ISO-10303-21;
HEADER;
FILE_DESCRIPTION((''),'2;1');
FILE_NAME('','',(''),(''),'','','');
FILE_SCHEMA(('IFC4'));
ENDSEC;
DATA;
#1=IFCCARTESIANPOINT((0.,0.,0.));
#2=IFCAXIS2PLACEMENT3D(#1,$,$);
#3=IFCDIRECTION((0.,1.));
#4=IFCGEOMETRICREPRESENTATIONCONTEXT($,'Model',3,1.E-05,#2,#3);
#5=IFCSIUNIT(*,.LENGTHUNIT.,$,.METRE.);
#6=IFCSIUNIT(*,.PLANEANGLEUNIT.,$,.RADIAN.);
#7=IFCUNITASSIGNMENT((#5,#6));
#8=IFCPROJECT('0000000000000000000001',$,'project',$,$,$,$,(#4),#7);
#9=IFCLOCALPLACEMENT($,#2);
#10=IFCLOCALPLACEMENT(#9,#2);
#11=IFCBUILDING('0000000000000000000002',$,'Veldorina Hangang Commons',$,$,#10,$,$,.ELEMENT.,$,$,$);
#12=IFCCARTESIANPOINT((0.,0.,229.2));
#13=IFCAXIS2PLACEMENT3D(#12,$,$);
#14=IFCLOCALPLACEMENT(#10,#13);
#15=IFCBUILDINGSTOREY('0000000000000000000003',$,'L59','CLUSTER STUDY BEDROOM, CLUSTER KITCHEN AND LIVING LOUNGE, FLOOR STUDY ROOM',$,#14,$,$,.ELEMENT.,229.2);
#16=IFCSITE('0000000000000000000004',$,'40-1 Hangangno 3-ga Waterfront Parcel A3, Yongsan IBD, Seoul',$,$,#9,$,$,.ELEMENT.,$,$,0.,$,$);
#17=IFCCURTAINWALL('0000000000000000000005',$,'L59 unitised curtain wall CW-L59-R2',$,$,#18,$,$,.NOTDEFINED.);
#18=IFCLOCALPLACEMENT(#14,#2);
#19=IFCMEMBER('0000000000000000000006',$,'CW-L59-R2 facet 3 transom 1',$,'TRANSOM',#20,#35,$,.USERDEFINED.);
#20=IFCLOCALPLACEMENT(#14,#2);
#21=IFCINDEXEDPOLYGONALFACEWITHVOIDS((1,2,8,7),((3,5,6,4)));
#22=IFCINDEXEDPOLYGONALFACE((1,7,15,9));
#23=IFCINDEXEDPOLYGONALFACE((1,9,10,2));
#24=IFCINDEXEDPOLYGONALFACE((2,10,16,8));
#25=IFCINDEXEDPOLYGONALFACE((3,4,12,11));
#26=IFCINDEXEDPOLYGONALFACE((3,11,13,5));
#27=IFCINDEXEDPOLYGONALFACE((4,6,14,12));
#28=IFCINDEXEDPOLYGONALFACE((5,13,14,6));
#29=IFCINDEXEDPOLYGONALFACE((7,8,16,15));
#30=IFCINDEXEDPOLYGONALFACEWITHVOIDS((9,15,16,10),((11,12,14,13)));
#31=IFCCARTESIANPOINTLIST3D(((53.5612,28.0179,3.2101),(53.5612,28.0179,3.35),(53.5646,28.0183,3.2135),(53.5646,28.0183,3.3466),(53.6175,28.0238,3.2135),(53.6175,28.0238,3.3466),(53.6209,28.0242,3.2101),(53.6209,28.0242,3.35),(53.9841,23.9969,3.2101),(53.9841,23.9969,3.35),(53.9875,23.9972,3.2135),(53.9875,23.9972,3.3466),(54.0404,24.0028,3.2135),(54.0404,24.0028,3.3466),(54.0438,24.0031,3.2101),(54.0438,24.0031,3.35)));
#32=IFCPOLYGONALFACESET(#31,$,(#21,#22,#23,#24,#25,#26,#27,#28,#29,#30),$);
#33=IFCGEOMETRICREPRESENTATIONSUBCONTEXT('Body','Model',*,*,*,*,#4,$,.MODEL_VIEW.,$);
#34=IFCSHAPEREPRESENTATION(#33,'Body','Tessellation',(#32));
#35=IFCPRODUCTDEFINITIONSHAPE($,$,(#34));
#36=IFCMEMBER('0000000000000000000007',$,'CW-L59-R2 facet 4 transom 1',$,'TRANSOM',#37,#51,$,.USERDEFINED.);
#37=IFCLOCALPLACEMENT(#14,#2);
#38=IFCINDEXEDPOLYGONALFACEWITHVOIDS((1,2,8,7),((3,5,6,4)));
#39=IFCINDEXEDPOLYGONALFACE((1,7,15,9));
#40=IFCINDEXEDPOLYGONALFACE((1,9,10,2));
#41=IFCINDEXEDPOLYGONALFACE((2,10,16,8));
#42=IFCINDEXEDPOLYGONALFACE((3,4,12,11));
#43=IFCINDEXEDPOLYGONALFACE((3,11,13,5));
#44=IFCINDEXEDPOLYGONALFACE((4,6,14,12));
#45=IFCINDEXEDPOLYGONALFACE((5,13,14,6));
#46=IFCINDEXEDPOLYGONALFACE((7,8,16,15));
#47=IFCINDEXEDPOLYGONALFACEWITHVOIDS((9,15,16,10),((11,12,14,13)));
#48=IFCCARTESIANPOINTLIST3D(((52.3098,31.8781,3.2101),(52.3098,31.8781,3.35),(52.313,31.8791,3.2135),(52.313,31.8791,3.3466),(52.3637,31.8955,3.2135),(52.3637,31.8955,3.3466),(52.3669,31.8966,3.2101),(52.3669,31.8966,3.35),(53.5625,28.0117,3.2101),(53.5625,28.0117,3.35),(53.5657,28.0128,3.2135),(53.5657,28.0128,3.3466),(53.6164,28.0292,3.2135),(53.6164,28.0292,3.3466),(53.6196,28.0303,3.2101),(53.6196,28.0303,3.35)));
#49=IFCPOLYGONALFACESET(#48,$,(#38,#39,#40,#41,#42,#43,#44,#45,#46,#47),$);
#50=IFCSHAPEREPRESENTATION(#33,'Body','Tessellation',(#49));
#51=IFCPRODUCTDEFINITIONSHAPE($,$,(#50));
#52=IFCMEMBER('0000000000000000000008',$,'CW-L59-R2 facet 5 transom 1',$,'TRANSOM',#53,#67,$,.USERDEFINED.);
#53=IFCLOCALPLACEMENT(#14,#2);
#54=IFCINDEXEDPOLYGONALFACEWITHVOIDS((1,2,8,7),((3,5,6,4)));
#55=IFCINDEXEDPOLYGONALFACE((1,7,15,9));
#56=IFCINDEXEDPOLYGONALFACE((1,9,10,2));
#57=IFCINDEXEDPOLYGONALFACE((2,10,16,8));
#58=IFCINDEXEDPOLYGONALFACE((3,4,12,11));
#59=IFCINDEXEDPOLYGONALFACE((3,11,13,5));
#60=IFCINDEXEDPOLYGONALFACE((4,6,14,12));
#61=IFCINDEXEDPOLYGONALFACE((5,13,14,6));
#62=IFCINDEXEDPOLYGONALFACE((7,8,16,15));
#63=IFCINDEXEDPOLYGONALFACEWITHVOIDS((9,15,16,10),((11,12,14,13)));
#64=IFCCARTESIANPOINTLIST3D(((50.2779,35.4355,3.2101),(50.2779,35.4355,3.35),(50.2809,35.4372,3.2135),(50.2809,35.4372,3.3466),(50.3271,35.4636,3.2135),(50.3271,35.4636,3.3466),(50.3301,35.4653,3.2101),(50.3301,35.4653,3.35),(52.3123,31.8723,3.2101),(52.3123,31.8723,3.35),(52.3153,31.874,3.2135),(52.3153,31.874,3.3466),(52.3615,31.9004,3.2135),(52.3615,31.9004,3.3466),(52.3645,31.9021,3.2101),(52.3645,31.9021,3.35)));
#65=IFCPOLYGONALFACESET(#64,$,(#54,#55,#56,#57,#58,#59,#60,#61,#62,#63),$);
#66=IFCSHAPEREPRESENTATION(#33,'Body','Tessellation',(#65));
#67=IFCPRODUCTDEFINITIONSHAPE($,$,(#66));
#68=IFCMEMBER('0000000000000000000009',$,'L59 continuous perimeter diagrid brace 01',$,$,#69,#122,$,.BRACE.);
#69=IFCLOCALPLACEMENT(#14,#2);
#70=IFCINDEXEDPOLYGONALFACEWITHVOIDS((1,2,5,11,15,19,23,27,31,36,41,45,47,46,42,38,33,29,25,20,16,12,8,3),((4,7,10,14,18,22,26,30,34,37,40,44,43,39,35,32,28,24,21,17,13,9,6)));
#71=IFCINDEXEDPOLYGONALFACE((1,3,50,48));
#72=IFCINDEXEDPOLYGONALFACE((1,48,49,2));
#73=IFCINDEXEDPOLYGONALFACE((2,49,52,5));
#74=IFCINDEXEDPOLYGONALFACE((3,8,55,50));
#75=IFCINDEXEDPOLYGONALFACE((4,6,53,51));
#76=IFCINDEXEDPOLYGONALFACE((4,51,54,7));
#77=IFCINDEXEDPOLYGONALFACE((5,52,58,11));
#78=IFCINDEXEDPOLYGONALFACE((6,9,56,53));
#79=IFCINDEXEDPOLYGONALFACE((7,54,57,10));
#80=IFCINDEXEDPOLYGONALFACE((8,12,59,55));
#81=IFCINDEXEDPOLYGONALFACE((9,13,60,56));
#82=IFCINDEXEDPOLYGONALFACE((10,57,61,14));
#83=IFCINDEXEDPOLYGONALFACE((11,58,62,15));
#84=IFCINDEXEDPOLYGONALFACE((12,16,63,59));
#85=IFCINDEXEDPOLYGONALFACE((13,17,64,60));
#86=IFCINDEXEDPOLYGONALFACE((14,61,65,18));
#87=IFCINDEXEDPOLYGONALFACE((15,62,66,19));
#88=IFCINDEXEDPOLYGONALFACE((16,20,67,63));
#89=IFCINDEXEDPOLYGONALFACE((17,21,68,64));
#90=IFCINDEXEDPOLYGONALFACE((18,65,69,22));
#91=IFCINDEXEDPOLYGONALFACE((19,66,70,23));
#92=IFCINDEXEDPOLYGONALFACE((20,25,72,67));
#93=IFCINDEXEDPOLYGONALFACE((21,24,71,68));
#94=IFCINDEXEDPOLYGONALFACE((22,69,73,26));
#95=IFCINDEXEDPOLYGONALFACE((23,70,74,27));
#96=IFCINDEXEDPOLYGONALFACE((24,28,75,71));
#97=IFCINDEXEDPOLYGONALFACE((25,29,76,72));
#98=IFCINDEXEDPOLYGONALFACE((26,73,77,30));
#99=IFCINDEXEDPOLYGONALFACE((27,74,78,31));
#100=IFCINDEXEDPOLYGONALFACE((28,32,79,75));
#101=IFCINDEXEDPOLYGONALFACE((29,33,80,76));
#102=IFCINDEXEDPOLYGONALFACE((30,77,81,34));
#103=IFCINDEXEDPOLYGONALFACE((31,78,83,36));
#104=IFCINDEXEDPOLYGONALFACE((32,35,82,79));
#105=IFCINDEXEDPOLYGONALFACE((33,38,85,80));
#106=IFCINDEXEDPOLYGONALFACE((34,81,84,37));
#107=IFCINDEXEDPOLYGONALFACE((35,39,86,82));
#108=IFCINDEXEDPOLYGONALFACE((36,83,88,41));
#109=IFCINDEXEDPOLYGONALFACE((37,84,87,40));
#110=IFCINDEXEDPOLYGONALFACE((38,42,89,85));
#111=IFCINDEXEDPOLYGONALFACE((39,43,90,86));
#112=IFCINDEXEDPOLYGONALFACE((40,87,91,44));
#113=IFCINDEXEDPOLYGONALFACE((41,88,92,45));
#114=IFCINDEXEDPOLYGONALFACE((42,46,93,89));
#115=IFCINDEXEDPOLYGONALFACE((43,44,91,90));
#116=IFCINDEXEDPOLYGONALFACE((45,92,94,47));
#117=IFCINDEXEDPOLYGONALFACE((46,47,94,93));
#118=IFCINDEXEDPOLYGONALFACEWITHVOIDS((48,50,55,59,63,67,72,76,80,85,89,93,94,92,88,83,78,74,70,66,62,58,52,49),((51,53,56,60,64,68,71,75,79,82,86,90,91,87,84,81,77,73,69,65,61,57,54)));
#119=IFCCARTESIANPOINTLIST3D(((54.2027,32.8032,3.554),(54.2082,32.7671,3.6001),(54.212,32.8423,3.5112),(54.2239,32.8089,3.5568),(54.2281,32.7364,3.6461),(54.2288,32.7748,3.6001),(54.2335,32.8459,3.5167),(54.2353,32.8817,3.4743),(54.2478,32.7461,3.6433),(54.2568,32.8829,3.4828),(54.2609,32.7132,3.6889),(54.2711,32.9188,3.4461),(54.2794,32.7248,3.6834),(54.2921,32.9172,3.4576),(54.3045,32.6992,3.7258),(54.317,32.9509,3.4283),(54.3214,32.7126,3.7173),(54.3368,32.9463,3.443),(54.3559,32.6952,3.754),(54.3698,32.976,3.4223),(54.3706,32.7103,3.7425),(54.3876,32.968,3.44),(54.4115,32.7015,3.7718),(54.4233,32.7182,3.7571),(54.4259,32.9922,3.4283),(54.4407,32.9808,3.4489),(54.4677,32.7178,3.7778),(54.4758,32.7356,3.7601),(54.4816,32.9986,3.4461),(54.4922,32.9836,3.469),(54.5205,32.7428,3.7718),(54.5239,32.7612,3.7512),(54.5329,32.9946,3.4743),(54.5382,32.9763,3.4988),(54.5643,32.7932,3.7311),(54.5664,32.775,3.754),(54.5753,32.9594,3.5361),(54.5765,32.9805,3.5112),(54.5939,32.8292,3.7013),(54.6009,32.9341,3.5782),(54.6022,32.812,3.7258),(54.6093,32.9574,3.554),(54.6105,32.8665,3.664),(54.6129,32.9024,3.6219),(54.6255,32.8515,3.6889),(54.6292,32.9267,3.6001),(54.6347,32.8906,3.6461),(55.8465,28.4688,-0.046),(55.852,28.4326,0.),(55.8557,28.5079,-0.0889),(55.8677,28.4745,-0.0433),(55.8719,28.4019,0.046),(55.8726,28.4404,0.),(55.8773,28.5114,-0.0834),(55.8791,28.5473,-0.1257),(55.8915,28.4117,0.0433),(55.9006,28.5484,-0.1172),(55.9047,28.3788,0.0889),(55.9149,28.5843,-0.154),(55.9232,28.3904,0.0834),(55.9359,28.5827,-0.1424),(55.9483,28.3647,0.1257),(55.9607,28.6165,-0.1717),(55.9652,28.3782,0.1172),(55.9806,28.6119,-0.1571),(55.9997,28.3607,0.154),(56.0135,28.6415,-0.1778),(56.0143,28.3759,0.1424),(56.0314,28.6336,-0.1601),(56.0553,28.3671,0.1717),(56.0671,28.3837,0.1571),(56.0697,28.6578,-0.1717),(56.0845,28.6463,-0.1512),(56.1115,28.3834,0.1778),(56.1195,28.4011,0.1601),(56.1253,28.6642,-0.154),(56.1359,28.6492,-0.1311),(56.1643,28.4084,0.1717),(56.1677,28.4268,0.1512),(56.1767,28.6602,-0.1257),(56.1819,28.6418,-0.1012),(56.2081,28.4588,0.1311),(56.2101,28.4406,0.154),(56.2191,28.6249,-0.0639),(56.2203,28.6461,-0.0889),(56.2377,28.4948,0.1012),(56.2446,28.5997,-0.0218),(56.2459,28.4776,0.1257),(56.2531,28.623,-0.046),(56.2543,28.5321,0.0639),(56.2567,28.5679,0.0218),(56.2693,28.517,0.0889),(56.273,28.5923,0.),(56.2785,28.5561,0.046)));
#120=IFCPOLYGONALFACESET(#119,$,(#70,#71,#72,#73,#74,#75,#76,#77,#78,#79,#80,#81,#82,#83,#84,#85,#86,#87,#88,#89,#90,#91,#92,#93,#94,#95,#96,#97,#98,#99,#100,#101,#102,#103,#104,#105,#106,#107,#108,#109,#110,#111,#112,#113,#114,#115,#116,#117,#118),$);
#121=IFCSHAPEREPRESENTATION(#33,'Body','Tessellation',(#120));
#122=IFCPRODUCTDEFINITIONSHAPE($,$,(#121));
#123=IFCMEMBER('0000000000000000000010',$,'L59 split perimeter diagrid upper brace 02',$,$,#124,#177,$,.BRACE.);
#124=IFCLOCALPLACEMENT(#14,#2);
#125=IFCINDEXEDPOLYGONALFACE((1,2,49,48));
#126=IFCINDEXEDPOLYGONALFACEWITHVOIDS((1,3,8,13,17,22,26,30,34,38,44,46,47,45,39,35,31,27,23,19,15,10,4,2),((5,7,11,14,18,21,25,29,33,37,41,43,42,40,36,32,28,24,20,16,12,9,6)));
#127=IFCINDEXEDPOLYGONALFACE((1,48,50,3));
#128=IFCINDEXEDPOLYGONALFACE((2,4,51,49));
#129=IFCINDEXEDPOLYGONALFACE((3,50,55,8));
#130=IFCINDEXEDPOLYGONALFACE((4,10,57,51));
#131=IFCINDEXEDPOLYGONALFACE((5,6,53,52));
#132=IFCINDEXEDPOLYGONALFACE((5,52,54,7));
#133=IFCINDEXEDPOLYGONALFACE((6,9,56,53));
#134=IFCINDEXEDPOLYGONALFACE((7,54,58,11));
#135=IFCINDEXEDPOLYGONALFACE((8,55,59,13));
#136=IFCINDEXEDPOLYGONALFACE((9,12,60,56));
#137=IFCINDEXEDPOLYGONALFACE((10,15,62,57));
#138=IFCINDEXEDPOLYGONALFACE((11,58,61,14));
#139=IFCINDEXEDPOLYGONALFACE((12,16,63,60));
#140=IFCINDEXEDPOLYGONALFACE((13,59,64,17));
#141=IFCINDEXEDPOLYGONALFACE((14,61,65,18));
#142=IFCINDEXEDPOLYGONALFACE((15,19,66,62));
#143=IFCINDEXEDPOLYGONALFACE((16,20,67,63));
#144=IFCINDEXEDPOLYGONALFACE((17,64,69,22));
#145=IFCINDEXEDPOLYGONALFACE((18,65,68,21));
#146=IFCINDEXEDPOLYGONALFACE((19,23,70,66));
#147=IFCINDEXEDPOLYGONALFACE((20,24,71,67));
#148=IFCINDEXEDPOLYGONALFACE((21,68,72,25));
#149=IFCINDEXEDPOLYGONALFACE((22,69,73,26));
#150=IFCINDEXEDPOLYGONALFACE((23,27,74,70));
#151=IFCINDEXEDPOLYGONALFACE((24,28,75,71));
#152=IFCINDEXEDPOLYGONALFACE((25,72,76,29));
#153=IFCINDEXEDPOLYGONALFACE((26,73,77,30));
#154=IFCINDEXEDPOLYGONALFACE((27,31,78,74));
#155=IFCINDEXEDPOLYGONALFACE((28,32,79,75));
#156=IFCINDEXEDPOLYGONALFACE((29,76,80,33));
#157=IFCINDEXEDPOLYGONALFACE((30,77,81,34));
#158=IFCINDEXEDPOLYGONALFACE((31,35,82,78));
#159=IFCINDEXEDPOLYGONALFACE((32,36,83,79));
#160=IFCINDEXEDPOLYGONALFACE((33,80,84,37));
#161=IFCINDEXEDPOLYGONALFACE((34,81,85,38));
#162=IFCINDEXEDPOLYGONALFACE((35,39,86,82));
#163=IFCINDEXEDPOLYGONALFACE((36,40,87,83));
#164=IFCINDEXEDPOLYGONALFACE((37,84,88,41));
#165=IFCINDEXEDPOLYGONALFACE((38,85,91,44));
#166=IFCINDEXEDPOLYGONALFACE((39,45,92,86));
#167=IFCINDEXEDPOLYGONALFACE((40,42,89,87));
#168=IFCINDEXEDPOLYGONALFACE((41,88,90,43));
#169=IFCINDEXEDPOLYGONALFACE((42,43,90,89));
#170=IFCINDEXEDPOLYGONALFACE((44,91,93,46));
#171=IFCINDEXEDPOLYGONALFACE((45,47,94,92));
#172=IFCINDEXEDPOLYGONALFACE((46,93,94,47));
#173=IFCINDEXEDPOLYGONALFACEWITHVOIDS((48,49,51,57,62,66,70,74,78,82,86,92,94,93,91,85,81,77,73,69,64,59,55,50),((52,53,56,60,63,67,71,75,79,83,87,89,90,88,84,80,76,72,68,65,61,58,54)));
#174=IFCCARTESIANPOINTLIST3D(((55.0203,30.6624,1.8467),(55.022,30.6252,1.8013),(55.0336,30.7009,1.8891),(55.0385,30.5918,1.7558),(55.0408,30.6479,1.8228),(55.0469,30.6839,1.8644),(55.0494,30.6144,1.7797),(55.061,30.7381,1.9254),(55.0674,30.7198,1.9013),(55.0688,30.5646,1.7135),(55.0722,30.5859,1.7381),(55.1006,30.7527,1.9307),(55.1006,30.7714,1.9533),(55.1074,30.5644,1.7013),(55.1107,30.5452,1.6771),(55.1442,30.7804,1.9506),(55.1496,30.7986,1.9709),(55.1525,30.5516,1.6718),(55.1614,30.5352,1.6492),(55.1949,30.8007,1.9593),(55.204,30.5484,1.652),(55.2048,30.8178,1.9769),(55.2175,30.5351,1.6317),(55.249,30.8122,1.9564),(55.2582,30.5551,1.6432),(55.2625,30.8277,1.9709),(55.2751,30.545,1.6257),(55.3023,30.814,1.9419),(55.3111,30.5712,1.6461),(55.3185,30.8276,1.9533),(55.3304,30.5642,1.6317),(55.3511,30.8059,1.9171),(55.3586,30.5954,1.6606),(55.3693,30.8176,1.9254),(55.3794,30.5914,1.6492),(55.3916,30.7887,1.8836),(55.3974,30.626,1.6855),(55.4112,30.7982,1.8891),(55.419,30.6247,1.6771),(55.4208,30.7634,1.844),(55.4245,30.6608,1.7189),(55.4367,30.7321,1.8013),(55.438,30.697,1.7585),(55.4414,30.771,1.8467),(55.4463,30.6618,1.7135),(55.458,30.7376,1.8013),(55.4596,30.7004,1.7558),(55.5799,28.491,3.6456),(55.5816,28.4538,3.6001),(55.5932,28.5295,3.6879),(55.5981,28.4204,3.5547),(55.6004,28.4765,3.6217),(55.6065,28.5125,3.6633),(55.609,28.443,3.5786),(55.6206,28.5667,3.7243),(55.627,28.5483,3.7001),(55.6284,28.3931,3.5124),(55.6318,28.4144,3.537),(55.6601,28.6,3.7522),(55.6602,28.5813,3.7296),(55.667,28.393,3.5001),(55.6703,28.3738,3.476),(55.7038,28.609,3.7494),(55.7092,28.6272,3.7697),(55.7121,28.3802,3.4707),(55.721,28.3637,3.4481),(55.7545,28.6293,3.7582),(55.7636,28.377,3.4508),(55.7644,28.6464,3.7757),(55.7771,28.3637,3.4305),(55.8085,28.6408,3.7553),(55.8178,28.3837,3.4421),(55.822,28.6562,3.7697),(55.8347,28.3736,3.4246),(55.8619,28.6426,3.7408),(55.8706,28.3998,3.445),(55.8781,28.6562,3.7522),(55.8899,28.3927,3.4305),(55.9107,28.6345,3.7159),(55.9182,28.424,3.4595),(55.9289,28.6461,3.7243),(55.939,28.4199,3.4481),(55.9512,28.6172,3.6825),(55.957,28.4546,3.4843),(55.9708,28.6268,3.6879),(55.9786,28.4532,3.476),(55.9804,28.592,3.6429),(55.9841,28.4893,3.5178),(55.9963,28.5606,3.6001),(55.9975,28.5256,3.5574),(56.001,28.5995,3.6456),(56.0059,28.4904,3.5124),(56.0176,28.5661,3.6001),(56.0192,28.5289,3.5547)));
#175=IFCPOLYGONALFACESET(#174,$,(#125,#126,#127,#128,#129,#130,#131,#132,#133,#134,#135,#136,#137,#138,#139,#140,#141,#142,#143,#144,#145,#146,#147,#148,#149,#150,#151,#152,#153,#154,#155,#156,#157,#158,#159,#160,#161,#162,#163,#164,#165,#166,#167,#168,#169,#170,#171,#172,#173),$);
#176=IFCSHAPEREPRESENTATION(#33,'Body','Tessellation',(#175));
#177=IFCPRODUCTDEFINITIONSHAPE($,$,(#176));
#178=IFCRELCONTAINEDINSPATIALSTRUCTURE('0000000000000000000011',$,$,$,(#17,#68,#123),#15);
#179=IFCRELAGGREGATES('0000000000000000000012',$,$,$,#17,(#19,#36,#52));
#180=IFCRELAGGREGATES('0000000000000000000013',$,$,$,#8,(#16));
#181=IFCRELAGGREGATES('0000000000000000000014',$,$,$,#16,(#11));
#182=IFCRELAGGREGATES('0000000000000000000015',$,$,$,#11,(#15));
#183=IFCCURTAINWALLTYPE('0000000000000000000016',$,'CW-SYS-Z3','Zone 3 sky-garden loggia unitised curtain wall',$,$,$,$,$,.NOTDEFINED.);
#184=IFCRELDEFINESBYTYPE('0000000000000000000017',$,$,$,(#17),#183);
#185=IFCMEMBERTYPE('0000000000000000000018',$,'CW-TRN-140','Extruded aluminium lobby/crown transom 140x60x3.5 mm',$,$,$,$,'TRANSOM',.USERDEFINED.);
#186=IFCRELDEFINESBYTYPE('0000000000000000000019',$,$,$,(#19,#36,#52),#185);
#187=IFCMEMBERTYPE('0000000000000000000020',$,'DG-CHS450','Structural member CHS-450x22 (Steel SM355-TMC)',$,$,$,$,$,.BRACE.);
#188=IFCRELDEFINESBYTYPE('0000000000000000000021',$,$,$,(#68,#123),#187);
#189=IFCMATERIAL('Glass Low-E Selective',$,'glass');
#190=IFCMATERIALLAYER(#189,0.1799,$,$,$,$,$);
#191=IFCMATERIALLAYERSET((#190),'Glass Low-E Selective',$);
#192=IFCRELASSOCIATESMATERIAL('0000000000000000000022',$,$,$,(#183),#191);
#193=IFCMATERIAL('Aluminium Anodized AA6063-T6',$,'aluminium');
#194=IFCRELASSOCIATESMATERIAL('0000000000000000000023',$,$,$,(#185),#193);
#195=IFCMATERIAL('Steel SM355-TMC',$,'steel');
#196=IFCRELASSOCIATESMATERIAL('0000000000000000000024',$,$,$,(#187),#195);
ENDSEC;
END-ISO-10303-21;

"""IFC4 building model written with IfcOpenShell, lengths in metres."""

from ifc_helpers import new_model, si_unit, direction, frame, origin, origin_2d, place, context, subcontext, project, spatial, hollow_rectangle, hollow_circle, extrude, material, layer, layer_set, material_profile, profile_set, type_object, element, aggregate, save


model = new_model("IFC4")

# Units and contexts
model_context = context("Model", 3, precision=1e-05, world=origin(), true_north=direction((0.0, 1.0)))
body_context = subcontext(model_context, "Body", "Model", "MODEL_VIEW")
ifc_project = project(units=[si_unit("LENGTHUNIT", "METRE"), si_unit("PLANEANGLEUNIT", "RADIAN")], contexts=[model_context])

# Site, building, storey
site_placement = place(None, origin())
site = spatial("IfcSite", under=ifc_project, at=site_placement, Name="40-1 Hangangno 3-ga Waterfront Parcel A3, Yongsan IBD, Seoul", CompositionType="ELEMENT", RefElevation=0.0)
building_placement = place(site_placement, origin())
building = spatial("IfcBuilding", under=site, at=building_placement, Name="Veldorina Hangang Commons", CompositionType="ELEMENT")
storey_placement = place(building_placement, frame((0.0, 0.0, 229.2)))
storey = spatial("IfcBuildingStorey", under=building, at=storey_placement, Name="L59", Description="CLUSTER STUDY BEDROOM, CLUSTER KITCHEN AND LIVING LOUNGE, FLOOR STUDY ROOM", CompositionType="ELEMENT", Elevation=229.2)

# Shared definitions
ifc_material_1 = material(Name="Steel SM355-TMC", Category="steel")

# Curtain wall, members
ifc_material_2 = material(Name="Glass Low-E Selective", Category="glass")
ifc_layer_1 = layer(ifc_material_2, 0.1799)
ifc_layer_set_1 = layer_set([ifc_layer_1], Name="Glass Low-E Selective")
curtain_wall_type = type_object("IfcCurtainWallType", Name="CW-SYS-Z3", Description="Zone 3 sky-garden loggia unitised curtain wall", PredefinedType="NOTDEFINED", material=ifc_layer_set_1)
curtain_wall_placement = place(storey_placement, origin())
curtain_wall = element("IfcCurtainWall", 1, at=curtain_wall_placement, inside=storey, type_object=curtain_wall_type, Name="L59 unitised curtain wall CW-L59-R2", PredefinedType="NOTDEFINED")
ifc_material_3 = material(Name="Aluminium Anodized AA6063-T6", Category="aluminium")
ifc_material_profile_1 = material_profile(ifc_material_3, hollow_rectangle(XDim=0.0601, YDim=0.1399, WallThickness=0.0034, at=origin_2d()), Name="ALU-RHS-140x60x3.5")
ifc_profile_set_1 = profile_set([ifc_material_profile_1], Name="Aluminium Anodized AA6063-T6")
member_type_1 = type_object("IfcMemberType", Name="CW-TRN-140", Description="Extruded aluminium lobby/crown transom 140x60x3.5 mm", ElementType="TRANSOM", PredefinedType="USERDEFINED", material=ifc_profile_set_1)
member_1_placement = place(storey_placement, frame((54.0139, 24.0, 3.28), z_axis=(-0.104584, 0.994516, 0.0), x_axis=(-0.994516, -0.104584, 0.0)))
member_1 = element("IfcMember", 2, at=member_1_placement, type_object=member_type_1, Name="CW-L59-R2 facet 3 transom 1", ObjectType="TRANSOM", PredefinedType="USERDEFINED", context=body_context, shape_type="SweptSolid", body=[
    extrude(hollow_rectangle(XDim=0.0601, YDim=0.1399, WallThickness=0.0034, at=origin_2d()), origin(), (0.0, 0.0, 1.0), 4.0432),
])
member_2_placement = place(storey_placement, frame((53.5911, 28.021, 3.28), z_axis=(-0.308233, 0.951311, 0.0), x_axis=(-0.951311, -0.308233, 0.0)))
member_2 = element("IfcMember", 3, at=member_2_placement, type_object=member_type_1, Name="CW-L59-R2 facet 4 transom 1", ObjectType="TRANSOM", PredefinedType="USERDEFINED", context=body_context, shape_type="SweptSolid", body=[
    extrude(hollow_rectangle(XDim=0.0601, YDim=0.1399, WallThickness=0.0034, at=origin_2d()), origin(), (0.0, 0.0, 1.0), 4.0642),
])
member_3_placement = place(storey_placement, frame((52.3384, 31.8872, 3.28), z_axis=(-0.495825, 0.868423, 0.0), x_axis=(-0.868423, -0.495825, 0.0)))
member_3 = element("IfcMember", 4, at=member_3_placement, type_object=member_type_1, Name="CW-L59-R2 facet 5 transom 1", ObjectType="TRANSOM", PredefinedType="USERDEFINED", context=body_context, shape_type="SweptSolid", body=[
    extrude(hollow_rectangle(XDim=0.0601, YDim=0.1399, WallThickness=0.0034, at=origin_2d()), origin(), (0.0, 0.0, 1.0), 4.103),
])

# Members
ifc_material_profile_2 = material_profile(ifc_material_1, hollow_circle(Radius=0.2251, WallThickness=0.022, at=origin_2d()), Name="CHS-450x22")
ifc_profile_set_2 = profile_set([ifc_material_profile_2], Name="Steel SM355-TMC")
member_type_2 = type_object("IfcMemberType", Name="DG-CHS450", Description="Structural member CHS-450x22 (Steel SM355-TMC)", PredefinedType="BRACE", material=ifc_profile_set_2)
member_4_placement = place(storey_placement, frame((56.0625, 28.5125, 0.0), z_axis=(-0.28006, 0.73848, 0.613362), x_axis=(-0.93502, -0.354595, 0.0)))
element("IfcMember", 5, at=member_4_placement, inside=storey, type_object=member_type_2, Name="L59 continuous perimeter diagrid brace 01", PredefinedType="BRACE", context=body_context, shape_type="SweptSolid", body=[
    extrude(hollow_circle(Radius=0.2251, WallThickness=0.022, at=origin_2d()), origin(), (0.0, 0.0, 1.0), 5.8694),
])
member_5_placement = place(storey_placement, frame((55.24, 30.6814, 1.8013), z_axis=(0.194654, -0.755347, 0.625748), x_axis=(0.968362, 0.249549, 0.0)))
element("IfcMember", 6, at=member_5_placement, inside=storey, type_object=member_type_2, Name="L59 split perimeter diagrid upper brace 02", PredefinedType="BRACE", context=body_context, shape_type="SweptSolid", body=[
    extrude(hollow_circle(Radius=0.2251, WallThickness=0.022, at=origin_2d()), origin(), (0.0, 0.0, 1.0), 2.8748),
])

aggregate(curtain_wall, [member_1, member_2, member_3])

save(model, "model.ifc")
